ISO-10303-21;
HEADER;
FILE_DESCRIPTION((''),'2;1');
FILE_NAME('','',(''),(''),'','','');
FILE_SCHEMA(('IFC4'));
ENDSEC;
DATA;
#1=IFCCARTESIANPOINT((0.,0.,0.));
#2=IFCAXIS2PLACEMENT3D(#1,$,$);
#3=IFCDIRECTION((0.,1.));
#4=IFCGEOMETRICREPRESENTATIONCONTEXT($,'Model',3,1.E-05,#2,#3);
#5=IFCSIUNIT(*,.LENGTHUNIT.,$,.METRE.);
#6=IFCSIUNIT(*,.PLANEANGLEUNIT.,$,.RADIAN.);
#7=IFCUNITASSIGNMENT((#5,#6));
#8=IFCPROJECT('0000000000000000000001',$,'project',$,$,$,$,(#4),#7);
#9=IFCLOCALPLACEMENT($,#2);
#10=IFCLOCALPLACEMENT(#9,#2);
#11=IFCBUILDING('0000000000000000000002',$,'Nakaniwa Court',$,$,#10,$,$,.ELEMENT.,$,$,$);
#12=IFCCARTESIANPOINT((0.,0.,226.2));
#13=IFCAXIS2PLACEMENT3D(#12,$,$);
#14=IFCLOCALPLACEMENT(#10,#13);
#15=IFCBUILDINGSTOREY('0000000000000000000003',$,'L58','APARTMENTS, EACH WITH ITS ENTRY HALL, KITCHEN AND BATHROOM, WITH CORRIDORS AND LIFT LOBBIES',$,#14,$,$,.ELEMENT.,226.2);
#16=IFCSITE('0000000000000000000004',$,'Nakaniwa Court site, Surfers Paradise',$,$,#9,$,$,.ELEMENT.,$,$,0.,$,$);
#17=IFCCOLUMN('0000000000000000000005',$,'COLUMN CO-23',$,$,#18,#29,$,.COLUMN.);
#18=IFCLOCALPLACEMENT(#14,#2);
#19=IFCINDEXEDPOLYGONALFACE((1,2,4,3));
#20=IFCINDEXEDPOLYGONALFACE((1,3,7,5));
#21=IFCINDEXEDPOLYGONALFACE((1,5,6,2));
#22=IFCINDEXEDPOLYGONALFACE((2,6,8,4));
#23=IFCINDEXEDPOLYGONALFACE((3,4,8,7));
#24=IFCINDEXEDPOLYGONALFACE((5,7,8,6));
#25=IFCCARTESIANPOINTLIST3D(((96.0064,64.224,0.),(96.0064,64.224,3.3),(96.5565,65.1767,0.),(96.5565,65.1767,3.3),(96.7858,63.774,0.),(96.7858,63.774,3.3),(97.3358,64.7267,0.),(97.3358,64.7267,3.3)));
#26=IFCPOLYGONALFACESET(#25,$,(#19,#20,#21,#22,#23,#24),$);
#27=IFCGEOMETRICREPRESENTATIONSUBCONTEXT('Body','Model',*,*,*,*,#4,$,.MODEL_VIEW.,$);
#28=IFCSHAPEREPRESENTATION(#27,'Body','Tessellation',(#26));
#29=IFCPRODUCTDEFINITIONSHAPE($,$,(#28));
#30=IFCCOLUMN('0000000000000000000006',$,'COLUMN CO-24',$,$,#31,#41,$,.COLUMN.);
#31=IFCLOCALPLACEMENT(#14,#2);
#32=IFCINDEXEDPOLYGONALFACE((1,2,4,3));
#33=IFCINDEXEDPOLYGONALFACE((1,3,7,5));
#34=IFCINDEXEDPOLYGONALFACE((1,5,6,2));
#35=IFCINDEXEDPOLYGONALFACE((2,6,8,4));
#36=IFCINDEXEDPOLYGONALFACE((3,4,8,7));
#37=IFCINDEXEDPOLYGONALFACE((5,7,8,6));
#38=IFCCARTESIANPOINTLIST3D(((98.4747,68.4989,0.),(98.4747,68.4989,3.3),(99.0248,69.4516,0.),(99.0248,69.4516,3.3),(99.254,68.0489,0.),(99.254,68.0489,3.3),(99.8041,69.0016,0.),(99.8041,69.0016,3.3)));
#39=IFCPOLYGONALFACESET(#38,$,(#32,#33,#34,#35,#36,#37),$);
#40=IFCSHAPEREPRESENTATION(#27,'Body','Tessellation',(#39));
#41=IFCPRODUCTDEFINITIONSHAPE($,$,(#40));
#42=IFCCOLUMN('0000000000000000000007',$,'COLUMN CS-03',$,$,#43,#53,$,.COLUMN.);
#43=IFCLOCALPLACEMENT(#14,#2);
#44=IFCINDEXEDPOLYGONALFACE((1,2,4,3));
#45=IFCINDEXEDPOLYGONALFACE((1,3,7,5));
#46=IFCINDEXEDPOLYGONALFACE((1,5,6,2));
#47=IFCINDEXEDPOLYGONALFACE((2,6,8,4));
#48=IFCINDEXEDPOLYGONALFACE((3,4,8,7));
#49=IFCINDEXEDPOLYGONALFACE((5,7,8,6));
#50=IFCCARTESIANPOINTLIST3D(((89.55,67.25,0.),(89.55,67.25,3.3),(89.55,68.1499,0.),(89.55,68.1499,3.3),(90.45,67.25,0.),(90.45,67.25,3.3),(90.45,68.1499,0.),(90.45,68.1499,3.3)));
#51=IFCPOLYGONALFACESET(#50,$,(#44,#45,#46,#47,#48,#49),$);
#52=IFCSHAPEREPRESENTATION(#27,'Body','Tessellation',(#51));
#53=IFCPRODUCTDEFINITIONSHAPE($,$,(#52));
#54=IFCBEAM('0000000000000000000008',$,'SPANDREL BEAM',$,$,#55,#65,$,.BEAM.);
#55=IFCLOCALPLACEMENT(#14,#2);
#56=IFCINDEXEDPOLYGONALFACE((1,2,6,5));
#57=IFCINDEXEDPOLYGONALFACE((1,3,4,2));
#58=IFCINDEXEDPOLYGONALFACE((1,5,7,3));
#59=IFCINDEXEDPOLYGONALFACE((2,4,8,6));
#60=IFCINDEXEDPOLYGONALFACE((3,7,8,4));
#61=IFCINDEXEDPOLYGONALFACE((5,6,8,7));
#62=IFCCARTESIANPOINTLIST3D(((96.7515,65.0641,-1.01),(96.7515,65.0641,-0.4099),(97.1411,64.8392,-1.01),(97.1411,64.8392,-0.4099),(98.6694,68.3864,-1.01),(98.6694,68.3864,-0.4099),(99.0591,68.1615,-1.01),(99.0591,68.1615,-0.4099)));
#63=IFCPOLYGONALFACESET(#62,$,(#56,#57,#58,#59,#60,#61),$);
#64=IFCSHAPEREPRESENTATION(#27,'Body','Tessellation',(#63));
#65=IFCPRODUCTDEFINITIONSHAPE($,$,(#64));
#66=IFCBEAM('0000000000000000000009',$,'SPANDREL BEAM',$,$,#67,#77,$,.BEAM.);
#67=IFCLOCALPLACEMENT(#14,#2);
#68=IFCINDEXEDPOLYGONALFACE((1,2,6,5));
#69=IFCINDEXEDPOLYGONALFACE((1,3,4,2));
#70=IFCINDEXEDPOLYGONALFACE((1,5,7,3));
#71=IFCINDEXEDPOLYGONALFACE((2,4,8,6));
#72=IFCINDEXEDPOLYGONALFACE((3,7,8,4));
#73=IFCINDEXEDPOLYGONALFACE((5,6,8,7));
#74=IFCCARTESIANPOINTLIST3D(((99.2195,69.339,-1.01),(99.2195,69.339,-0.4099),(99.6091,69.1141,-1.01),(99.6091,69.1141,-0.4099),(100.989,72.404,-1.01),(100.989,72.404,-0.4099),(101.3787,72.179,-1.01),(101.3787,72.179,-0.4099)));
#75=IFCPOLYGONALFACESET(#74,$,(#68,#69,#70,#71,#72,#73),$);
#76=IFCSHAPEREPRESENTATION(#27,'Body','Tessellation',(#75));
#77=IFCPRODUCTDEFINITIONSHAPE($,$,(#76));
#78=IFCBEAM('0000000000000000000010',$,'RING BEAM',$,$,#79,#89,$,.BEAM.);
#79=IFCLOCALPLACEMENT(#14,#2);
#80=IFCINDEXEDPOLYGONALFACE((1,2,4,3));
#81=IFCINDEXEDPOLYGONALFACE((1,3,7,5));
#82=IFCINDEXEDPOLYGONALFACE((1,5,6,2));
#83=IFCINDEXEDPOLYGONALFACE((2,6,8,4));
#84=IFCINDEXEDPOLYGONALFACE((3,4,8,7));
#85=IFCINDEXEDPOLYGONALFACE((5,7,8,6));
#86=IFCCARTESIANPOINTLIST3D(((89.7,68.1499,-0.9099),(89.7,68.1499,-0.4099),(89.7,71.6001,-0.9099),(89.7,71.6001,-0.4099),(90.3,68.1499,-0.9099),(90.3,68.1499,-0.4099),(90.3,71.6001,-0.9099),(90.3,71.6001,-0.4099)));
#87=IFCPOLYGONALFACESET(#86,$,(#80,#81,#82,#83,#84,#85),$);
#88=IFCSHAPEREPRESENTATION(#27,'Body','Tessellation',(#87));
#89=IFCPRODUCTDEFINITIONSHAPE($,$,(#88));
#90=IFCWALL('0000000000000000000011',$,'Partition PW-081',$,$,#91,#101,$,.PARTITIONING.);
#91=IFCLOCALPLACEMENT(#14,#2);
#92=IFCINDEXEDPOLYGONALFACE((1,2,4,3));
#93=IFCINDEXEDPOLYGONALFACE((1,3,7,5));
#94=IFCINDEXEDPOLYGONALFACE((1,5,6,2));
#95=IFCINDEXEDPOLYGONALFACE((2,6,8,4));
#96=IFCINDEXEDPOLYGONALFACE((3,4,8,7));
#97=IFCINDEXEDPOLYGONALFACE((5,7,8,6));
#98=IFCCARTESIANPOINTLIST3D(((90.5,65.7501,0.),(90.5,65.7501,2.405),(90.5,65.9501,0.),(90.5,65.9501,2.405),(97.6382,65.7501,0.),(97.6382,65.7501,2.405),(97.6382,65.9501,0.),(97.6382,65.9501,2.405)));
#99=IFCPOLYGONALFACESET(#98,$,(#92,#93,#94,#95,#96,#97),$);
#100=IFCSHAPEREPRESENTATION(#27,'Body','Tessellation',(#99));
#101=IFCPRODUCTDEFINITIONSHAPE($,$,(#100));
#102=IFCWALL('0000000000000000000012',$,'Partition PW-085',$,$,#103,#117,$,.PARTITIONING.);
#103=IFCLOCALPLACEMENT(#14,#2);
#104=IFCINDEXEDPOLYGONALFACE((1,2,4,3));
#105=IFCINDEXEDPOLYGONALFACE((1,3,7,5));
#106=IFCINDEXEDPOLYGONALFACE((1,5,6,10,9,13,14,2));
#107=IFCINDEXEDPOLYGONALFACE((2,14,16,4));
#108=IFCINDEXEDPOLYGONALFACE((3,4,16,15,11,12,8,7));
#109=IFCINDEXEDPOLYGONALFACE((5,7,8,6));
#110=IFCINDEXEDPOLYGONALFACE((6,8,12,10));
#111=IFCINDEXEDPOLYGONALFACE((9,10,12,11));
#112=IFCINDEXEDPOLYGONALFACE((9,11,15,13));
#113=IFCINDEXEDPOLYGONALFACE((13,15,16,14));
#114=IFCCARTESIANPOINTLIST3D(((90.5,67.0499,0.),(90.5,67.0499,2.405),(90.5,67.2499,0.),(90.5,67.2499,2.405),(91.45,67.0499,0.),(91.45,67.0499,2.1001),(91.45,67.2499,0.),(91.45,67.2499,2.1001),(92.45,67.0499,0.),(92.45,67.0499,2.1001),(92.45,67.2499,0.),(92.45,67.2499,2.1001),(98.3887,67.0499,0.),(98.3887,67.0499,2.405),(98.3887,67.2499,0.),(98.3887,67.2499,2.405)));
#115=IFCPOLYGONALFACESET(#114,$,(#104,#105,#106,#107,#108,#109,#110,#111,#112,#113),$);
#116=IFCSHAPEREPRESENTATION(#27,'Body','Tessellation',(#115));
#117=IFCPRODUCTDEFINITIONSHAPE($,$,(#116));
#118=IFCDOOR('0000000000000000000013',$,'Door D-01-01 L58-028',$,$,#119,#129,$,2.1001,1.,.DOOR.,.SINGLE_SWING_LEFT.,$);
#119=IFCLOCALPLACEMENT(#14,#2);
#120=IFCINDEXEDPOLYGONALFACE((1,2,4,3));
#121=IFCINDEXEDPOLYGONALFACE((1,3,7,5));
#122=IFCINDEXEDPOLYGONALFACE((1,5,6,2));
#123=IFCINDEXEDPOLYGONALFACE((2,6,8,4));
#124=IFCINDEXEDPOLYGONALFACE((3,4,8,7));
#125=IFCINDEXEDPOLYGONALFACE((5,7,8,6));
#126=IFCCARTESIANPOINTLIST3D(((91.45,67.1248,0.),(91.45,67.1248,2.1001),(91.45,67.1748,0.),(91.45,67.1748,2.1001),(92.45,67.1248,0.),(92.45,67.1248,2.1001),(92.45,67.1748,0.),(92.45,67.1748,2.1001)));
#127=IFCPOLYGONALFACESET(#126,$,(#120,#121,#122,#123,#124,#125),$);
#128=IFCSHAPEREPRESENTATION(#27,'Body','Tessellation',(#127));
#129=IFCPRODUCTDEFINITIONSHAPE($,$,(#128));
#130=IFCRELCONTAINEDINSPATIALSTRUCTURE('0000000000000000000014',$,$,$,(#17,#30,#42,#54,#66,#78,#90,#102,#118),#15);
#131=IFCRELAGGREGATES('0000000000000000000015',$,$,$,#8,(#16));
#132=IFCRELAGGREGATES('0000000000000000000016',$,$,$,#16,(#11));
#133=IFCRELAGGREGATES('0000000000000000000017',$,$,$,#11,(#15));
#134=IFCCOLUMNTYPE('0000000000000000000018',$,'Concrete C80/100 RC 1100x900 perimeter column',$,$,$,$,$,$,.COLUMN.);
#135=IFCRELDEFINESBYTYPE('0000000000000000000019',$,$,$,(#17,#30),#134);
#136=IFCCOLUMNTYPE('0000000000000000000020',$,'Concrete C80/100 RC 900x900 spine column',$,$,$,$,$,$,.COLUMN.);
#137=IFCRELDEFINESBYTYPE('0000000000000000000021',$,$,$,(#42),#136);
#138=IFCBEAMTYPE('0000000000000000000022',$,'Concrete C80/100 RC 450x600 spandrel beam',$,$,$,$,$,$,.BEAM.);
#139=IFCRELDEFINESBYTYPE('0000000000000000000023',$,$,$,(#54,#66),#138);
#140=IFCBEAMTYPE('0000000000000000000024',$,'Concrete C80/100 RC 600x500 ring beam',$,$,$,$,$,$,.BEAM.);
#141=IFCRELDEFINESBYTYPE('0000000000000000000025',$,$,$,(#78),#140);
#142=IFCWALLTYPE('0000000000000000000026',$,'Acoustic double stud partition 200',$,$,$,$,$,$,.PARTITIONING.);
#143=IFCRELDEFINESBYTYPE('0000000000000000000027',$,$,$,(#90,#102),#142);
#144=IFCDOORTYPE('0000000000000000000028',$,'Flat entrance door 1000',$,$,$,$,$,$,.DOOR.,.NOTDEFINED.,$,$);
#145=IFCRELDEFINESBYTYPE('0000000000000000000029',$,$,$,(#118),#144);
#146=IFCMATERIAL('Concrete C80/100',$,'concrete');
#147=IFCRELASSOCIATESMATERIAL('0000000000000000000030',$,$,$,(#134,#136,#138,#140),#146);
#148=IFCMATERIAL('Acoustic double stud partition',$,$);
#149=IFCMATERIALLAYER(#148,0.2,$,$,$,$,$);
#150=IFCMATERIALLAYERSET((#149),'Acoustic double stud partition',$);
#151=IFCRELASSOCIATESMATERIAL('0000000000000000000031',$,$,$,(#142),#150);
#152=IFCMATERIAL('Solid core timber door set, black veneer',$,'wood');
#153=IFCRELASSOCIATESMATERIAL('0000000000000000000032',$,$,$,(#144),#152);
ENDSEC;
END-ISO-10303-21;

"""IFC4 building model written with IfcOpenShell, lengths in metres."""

from ifc_helpers import new_model, si_unit, direction, frame, frame_2d, origin, origin_2d, place, context, subcontext, project, spatial, rectangle, extrude, material, layer, layer_set, material_profile, profile_set, type_object, element, fill, save


model = new_model("IFC4")

# Units and contexts
model_context = context("Model", 3, precision=1e-05, world=origin(), true_north=direction((0.0, 1.0)))
body_context = subcontext(model_context, "Body", "Model", "MODEL_VIEW")
ifc_project = project(units=[si_unit("LENGTHUNIT", "METRE"), si_unit("PLANEANGLEUNIT", "RADIAN")], contexts=[model_context])

# Site, building, storey
site_placement = place(None, origin())
site = spatial("IfcSite", under=ifc_project, at=site_placement, Name="Nakaniwa Court site, Surfers Paradise", CompositionType="ELEMENT", RefElevation=0.0)
building_placement = place(site_placement, origin())
building = spatial("IfcBuilding", under=site, at=building_placement, Name="Nakaniwa Court", CompositionType="ELEMENT")
storey_placement = place(building_placement, frame((0.0, 0.0, 226.2)))
storey = spatial("IfcBuildingStorey", under=building, at=storey_placement, Name="L58", Description="APARTMENTS, EACH WITH ITS ENTRY HALL, KITCHEN AND BATHROOM, WITH CORRIDORS AND LIFT LOBBIES", CompositionType="ELEMENT", Elevation=226.2)

# Columns
ifc_material_1 = material(Name="Concrete C80/100", Category="concrete")
ifc_material_profile_1 = material_profile(ifc_material_1, rectangle(XDim=1.1001, YDim=0.8999, at=origin_2d()), Name="Concrete C80/100 RC 1100x900 perimeter column")
ifc_profile_set_1 = profile_set([ifc_material_profile_1], Name="Concrete C80/100")
column_type_1 = type_object("IfcColumnType", Name="Concrete C80/100 RC 1100x900 perimeter column", PredefinedType="COLUMN", material=ifc_profile_set_1)
for number, where, z_axis, x_axis, name in (
    (1, (96.6711, 64.4753, 0.0), (0.0, 0.0, 1.0), (0.5, 0.866025, 0.0), "COLUMN CO-23"),
    (2, (99.1394, 68.7502, 0.0), (0.0, 0.0, 1.0), (0.5, 0.866025, 0.0), "COLUMN CO-24"),
):
    element("IfcColumn", number, at=place(storey_placement, frame(where, z_axis=z_axis, x_axis=x_axis)), inside=storey, type_object=column_type_1, Name=name, PredefinedType="COLUMN", context=body_context, shape_type="SweptSolid", body=[
        extrude(rectangle(XDim=1.1001, YDim=0.8999, at=origin_2d()), origin(), (0.0, 0.0, 1.0), 3.3),
    ])
ifc_material_profile_2 = material_profile(ifc_material_1, rectangle(XDim=0.8999, YDim=0.8999, at=origin_2d()), Name="Concrete C80/100 RC 900x900 spine column")
ifc_profile_set_2 = profile_set([ifc_material_profile_2], Name="Concrete C80/100")
column_type_2 = type_object("IfcColumnType", Name="Concrete C80/100 RC 900x900 spine column", PredefinedType="COLUMN", material=ifc_profile_set_2)
column_placement = place(storey_placement, frame((90.0, 67.7, 0.0), z_axis=(0.0, 0.0, 1.0), x_axis=(0.0, 1.0, 0.0)))
element("IfcColumn", 3, at=column_placement, inside=storey, type_object=column_type_2, Name="COLUMN CS-03", PredefinedType="COLUMN", context=body_context, shape_type="SweptSolid", body=[
    extrude(rectangle(XDim=0.8999, YDim=0.8999, at=origin_2d()), origin(), (0.0, 0.0, 1.0), 3.3),
])

# Beams
ifc_material_profile_3 = material_profile(ifc_material_1, rectangle(XDim=0.45, YDim=0.6001, at=origin_2d()), Name="Concrete C80/100 RC 450x600 spandrel beam")
ifc_profile_set_3 = profile_set([ifc_material_profile_3], Name="Concrete C80/100")
beam_type_1 = type_object("IfcBeamType", Name="Concrete C80/100 RC 450x600 spandrel beam", PredefinedType="BEAM", material=ifc_profile_set_3)
beam_1_placement = place(storey_placement, frame((96.9463, 64.9517, -0.71), z_axis=(0.499972, 0.866041, 0.0), x_axis=(-0.866041, 0.499972, 0.0)))
element("IfcBeam", 4, at=beam_1_placement, inside=storey, type_object=beam_type_1, Name="SPANDREL BEAM", PredefinedType="BEAM", context=body_context, shape_type="SweptSolid", body=[
    extrude(rectangle(XDim=0.45, YDim=0.6001, at=origin_2d()), origin(), (0.0, 0.0, 1.0), 3.8362),
])
beam_2_placement = place(storey_placement, frame((99.4143, 69.2266, -0.71), z_axis=(0.499997, 0.866027, 0.0), x_axis=(-0.866027, 0.499997, 0.0)))
element("IfcBeam", 5, at=beam_2_placement, inside=storey, type_object=beam_type_1, Name="SPANDREL BEAM", PredefinedType="BEAM", context=body_context, shape_type="SweptSolid", body=[
    extrude(rectangle(XDim=0.45, YDim=0.6001, at=origin_2d()), origin(), (0.0, 0.0, 1.0), 3.5391),
])
ifc_material_profile_4 = material_profile(ifc_material_1, rectangle(XDim=0.6001, YDim=0.5, at=origin_2d()), Name="Concrete C80/100 RC 600x500 ring beam")
ifc_profile_set_4 = profile_set([ifc_material_profile_4], Name="Concrete C80/100")
beam_type_2 = type_object("IfcBeamType", Name="Concrete C80/100 RC 600x500 ring beam", PredefinedType="BEAM", material=ifc_profile_set_4)
beam_3_placement = place(storey_placement, frame((90.0, 68.1499, -0.6599), z_axis=(0.0, 1.0, 0.0), x_axis=(-1.0, 0.0, 0.0)))
element("IfcBeam", 6, at=beam_3_placement, inside=storey, type_object=beam_type_2, Name="RING BEAM", PredefinedType="BEAM", context=body_context, shape_type="SweptSolid", body=[
    extrude(rectangle(XDim=0.6001, YDim=0.5, at=origin_2d()), origin(), (0.0, 0.0, 1.0), 3.4502),
])

# Wall
ifc_material_2 = material(Name="Acoustic double stud partition")
ifc_layer_1 = layer(ifc_material_2, 0.2)
ifc_layer_set_1 = layer_set([ifc_layer_1], Name="Acoustic double stud partition")
wall_type_1 = type_object("IfcWallType", Name="Acoustic double stud partition 200", PredefinedType="PARTITIONING", material=ifc_layer_set_1)
wall_1_placement = place(storey_placement, frame((90.5, 65.8501, 0.0), z_axis=(0.0, 0.0, 1.0), x_axis=(1.0, 0.0, 0.0)))
element("IfcWall", 7, at=wall_1_placement, inside=storey, type_object=wall_type_1, Name="Partition PW-081", PredefinedType="PARTITIONING", context=body_context, shape_type="SweptSolid", body=[
    extrude(rectangle(XDim=7.1382, YDim=0.2, at=frame_2d((3.5691, 0.0))), origin(), (0.0, 0.0, 1.0), 2.405),
])

# Wall, opening, door
wall_2_placement = place(storey_placement, frame((90.5, 67.1499, 0.0), z_axis=(0.0, 0.0, 1.0), x_axis=(1.0, 0.0, 0.0)))
wall_2 = element("IfcWall", 8, at=wall_2_placement, inside=storey, type_object=wall_type_1, Name="Partition PW-085", PredefinedType="PARTITIONING", context=body_context, shape_type="SweptSolid", body=[
    extrude(rectangle(XDim=7.8887, YDim=0.2, at=frame_2d((3.9443, 0.0))), origin(), (0.0, 0.0, 1.0), 2.405),
])
opening_1_placement = place(wall_2_placement, frame((0.95, 0.0, 0.0)))
opening_1 = element("IfcOpeningElement", 9, at=opening_1_placement, cuts=wall_2, PredefinedType="OPENING", context=body_context, shape_type="SweptSolid", body=[
    extrude(rectangle(XDim=1.0, YDim=2.1001, at=frame_2d((0.5, 1.05))), frame((0.0, 0.1099, 0.0), z_axis=(0.0, -1.0, 0.0), x_axis=(1.0, 0.0, 0.0)), (0.0, 0.0, 1.0), 0.22),
])
ifc_material_3 = material(Name="Solid core timber door set, black veneer", Category="wood")
door_type_1 = type_object("IfcDoorType", Name="Flat entrance door 1000", OperationType="NOTDEFINED", PredefinedType="DOOR", material=ifc_material_3)
door_1_placement = place(opening_1_placement, origin())
door_1 = element("IfcDoor", 10, at=door_1_placement, inside=storey, type_object=door_type_1, Name="Door D-01-01 L58-028", OperationType="SINGLE_SWING_LEFT", OverallHeight=2.1001, OverallWidth=1.0, PredefinedType="DOOR", context=body_context, shape_type="SweptSolid", body=[
    extrude(rectangle(XDim=1.0, YDim=2.1001, at=frame_2d((0.5, 1.05))), frame((0.0, 0.0249, 0.0), z_axis=(0.0, -1.0, 0.0), x_axis=(1.0, 0.0, 0.0)), (0.0, 0.0, 1.0), 0.05),
])
fill(opening_1, door_1)

save(model, "model.ifc")
